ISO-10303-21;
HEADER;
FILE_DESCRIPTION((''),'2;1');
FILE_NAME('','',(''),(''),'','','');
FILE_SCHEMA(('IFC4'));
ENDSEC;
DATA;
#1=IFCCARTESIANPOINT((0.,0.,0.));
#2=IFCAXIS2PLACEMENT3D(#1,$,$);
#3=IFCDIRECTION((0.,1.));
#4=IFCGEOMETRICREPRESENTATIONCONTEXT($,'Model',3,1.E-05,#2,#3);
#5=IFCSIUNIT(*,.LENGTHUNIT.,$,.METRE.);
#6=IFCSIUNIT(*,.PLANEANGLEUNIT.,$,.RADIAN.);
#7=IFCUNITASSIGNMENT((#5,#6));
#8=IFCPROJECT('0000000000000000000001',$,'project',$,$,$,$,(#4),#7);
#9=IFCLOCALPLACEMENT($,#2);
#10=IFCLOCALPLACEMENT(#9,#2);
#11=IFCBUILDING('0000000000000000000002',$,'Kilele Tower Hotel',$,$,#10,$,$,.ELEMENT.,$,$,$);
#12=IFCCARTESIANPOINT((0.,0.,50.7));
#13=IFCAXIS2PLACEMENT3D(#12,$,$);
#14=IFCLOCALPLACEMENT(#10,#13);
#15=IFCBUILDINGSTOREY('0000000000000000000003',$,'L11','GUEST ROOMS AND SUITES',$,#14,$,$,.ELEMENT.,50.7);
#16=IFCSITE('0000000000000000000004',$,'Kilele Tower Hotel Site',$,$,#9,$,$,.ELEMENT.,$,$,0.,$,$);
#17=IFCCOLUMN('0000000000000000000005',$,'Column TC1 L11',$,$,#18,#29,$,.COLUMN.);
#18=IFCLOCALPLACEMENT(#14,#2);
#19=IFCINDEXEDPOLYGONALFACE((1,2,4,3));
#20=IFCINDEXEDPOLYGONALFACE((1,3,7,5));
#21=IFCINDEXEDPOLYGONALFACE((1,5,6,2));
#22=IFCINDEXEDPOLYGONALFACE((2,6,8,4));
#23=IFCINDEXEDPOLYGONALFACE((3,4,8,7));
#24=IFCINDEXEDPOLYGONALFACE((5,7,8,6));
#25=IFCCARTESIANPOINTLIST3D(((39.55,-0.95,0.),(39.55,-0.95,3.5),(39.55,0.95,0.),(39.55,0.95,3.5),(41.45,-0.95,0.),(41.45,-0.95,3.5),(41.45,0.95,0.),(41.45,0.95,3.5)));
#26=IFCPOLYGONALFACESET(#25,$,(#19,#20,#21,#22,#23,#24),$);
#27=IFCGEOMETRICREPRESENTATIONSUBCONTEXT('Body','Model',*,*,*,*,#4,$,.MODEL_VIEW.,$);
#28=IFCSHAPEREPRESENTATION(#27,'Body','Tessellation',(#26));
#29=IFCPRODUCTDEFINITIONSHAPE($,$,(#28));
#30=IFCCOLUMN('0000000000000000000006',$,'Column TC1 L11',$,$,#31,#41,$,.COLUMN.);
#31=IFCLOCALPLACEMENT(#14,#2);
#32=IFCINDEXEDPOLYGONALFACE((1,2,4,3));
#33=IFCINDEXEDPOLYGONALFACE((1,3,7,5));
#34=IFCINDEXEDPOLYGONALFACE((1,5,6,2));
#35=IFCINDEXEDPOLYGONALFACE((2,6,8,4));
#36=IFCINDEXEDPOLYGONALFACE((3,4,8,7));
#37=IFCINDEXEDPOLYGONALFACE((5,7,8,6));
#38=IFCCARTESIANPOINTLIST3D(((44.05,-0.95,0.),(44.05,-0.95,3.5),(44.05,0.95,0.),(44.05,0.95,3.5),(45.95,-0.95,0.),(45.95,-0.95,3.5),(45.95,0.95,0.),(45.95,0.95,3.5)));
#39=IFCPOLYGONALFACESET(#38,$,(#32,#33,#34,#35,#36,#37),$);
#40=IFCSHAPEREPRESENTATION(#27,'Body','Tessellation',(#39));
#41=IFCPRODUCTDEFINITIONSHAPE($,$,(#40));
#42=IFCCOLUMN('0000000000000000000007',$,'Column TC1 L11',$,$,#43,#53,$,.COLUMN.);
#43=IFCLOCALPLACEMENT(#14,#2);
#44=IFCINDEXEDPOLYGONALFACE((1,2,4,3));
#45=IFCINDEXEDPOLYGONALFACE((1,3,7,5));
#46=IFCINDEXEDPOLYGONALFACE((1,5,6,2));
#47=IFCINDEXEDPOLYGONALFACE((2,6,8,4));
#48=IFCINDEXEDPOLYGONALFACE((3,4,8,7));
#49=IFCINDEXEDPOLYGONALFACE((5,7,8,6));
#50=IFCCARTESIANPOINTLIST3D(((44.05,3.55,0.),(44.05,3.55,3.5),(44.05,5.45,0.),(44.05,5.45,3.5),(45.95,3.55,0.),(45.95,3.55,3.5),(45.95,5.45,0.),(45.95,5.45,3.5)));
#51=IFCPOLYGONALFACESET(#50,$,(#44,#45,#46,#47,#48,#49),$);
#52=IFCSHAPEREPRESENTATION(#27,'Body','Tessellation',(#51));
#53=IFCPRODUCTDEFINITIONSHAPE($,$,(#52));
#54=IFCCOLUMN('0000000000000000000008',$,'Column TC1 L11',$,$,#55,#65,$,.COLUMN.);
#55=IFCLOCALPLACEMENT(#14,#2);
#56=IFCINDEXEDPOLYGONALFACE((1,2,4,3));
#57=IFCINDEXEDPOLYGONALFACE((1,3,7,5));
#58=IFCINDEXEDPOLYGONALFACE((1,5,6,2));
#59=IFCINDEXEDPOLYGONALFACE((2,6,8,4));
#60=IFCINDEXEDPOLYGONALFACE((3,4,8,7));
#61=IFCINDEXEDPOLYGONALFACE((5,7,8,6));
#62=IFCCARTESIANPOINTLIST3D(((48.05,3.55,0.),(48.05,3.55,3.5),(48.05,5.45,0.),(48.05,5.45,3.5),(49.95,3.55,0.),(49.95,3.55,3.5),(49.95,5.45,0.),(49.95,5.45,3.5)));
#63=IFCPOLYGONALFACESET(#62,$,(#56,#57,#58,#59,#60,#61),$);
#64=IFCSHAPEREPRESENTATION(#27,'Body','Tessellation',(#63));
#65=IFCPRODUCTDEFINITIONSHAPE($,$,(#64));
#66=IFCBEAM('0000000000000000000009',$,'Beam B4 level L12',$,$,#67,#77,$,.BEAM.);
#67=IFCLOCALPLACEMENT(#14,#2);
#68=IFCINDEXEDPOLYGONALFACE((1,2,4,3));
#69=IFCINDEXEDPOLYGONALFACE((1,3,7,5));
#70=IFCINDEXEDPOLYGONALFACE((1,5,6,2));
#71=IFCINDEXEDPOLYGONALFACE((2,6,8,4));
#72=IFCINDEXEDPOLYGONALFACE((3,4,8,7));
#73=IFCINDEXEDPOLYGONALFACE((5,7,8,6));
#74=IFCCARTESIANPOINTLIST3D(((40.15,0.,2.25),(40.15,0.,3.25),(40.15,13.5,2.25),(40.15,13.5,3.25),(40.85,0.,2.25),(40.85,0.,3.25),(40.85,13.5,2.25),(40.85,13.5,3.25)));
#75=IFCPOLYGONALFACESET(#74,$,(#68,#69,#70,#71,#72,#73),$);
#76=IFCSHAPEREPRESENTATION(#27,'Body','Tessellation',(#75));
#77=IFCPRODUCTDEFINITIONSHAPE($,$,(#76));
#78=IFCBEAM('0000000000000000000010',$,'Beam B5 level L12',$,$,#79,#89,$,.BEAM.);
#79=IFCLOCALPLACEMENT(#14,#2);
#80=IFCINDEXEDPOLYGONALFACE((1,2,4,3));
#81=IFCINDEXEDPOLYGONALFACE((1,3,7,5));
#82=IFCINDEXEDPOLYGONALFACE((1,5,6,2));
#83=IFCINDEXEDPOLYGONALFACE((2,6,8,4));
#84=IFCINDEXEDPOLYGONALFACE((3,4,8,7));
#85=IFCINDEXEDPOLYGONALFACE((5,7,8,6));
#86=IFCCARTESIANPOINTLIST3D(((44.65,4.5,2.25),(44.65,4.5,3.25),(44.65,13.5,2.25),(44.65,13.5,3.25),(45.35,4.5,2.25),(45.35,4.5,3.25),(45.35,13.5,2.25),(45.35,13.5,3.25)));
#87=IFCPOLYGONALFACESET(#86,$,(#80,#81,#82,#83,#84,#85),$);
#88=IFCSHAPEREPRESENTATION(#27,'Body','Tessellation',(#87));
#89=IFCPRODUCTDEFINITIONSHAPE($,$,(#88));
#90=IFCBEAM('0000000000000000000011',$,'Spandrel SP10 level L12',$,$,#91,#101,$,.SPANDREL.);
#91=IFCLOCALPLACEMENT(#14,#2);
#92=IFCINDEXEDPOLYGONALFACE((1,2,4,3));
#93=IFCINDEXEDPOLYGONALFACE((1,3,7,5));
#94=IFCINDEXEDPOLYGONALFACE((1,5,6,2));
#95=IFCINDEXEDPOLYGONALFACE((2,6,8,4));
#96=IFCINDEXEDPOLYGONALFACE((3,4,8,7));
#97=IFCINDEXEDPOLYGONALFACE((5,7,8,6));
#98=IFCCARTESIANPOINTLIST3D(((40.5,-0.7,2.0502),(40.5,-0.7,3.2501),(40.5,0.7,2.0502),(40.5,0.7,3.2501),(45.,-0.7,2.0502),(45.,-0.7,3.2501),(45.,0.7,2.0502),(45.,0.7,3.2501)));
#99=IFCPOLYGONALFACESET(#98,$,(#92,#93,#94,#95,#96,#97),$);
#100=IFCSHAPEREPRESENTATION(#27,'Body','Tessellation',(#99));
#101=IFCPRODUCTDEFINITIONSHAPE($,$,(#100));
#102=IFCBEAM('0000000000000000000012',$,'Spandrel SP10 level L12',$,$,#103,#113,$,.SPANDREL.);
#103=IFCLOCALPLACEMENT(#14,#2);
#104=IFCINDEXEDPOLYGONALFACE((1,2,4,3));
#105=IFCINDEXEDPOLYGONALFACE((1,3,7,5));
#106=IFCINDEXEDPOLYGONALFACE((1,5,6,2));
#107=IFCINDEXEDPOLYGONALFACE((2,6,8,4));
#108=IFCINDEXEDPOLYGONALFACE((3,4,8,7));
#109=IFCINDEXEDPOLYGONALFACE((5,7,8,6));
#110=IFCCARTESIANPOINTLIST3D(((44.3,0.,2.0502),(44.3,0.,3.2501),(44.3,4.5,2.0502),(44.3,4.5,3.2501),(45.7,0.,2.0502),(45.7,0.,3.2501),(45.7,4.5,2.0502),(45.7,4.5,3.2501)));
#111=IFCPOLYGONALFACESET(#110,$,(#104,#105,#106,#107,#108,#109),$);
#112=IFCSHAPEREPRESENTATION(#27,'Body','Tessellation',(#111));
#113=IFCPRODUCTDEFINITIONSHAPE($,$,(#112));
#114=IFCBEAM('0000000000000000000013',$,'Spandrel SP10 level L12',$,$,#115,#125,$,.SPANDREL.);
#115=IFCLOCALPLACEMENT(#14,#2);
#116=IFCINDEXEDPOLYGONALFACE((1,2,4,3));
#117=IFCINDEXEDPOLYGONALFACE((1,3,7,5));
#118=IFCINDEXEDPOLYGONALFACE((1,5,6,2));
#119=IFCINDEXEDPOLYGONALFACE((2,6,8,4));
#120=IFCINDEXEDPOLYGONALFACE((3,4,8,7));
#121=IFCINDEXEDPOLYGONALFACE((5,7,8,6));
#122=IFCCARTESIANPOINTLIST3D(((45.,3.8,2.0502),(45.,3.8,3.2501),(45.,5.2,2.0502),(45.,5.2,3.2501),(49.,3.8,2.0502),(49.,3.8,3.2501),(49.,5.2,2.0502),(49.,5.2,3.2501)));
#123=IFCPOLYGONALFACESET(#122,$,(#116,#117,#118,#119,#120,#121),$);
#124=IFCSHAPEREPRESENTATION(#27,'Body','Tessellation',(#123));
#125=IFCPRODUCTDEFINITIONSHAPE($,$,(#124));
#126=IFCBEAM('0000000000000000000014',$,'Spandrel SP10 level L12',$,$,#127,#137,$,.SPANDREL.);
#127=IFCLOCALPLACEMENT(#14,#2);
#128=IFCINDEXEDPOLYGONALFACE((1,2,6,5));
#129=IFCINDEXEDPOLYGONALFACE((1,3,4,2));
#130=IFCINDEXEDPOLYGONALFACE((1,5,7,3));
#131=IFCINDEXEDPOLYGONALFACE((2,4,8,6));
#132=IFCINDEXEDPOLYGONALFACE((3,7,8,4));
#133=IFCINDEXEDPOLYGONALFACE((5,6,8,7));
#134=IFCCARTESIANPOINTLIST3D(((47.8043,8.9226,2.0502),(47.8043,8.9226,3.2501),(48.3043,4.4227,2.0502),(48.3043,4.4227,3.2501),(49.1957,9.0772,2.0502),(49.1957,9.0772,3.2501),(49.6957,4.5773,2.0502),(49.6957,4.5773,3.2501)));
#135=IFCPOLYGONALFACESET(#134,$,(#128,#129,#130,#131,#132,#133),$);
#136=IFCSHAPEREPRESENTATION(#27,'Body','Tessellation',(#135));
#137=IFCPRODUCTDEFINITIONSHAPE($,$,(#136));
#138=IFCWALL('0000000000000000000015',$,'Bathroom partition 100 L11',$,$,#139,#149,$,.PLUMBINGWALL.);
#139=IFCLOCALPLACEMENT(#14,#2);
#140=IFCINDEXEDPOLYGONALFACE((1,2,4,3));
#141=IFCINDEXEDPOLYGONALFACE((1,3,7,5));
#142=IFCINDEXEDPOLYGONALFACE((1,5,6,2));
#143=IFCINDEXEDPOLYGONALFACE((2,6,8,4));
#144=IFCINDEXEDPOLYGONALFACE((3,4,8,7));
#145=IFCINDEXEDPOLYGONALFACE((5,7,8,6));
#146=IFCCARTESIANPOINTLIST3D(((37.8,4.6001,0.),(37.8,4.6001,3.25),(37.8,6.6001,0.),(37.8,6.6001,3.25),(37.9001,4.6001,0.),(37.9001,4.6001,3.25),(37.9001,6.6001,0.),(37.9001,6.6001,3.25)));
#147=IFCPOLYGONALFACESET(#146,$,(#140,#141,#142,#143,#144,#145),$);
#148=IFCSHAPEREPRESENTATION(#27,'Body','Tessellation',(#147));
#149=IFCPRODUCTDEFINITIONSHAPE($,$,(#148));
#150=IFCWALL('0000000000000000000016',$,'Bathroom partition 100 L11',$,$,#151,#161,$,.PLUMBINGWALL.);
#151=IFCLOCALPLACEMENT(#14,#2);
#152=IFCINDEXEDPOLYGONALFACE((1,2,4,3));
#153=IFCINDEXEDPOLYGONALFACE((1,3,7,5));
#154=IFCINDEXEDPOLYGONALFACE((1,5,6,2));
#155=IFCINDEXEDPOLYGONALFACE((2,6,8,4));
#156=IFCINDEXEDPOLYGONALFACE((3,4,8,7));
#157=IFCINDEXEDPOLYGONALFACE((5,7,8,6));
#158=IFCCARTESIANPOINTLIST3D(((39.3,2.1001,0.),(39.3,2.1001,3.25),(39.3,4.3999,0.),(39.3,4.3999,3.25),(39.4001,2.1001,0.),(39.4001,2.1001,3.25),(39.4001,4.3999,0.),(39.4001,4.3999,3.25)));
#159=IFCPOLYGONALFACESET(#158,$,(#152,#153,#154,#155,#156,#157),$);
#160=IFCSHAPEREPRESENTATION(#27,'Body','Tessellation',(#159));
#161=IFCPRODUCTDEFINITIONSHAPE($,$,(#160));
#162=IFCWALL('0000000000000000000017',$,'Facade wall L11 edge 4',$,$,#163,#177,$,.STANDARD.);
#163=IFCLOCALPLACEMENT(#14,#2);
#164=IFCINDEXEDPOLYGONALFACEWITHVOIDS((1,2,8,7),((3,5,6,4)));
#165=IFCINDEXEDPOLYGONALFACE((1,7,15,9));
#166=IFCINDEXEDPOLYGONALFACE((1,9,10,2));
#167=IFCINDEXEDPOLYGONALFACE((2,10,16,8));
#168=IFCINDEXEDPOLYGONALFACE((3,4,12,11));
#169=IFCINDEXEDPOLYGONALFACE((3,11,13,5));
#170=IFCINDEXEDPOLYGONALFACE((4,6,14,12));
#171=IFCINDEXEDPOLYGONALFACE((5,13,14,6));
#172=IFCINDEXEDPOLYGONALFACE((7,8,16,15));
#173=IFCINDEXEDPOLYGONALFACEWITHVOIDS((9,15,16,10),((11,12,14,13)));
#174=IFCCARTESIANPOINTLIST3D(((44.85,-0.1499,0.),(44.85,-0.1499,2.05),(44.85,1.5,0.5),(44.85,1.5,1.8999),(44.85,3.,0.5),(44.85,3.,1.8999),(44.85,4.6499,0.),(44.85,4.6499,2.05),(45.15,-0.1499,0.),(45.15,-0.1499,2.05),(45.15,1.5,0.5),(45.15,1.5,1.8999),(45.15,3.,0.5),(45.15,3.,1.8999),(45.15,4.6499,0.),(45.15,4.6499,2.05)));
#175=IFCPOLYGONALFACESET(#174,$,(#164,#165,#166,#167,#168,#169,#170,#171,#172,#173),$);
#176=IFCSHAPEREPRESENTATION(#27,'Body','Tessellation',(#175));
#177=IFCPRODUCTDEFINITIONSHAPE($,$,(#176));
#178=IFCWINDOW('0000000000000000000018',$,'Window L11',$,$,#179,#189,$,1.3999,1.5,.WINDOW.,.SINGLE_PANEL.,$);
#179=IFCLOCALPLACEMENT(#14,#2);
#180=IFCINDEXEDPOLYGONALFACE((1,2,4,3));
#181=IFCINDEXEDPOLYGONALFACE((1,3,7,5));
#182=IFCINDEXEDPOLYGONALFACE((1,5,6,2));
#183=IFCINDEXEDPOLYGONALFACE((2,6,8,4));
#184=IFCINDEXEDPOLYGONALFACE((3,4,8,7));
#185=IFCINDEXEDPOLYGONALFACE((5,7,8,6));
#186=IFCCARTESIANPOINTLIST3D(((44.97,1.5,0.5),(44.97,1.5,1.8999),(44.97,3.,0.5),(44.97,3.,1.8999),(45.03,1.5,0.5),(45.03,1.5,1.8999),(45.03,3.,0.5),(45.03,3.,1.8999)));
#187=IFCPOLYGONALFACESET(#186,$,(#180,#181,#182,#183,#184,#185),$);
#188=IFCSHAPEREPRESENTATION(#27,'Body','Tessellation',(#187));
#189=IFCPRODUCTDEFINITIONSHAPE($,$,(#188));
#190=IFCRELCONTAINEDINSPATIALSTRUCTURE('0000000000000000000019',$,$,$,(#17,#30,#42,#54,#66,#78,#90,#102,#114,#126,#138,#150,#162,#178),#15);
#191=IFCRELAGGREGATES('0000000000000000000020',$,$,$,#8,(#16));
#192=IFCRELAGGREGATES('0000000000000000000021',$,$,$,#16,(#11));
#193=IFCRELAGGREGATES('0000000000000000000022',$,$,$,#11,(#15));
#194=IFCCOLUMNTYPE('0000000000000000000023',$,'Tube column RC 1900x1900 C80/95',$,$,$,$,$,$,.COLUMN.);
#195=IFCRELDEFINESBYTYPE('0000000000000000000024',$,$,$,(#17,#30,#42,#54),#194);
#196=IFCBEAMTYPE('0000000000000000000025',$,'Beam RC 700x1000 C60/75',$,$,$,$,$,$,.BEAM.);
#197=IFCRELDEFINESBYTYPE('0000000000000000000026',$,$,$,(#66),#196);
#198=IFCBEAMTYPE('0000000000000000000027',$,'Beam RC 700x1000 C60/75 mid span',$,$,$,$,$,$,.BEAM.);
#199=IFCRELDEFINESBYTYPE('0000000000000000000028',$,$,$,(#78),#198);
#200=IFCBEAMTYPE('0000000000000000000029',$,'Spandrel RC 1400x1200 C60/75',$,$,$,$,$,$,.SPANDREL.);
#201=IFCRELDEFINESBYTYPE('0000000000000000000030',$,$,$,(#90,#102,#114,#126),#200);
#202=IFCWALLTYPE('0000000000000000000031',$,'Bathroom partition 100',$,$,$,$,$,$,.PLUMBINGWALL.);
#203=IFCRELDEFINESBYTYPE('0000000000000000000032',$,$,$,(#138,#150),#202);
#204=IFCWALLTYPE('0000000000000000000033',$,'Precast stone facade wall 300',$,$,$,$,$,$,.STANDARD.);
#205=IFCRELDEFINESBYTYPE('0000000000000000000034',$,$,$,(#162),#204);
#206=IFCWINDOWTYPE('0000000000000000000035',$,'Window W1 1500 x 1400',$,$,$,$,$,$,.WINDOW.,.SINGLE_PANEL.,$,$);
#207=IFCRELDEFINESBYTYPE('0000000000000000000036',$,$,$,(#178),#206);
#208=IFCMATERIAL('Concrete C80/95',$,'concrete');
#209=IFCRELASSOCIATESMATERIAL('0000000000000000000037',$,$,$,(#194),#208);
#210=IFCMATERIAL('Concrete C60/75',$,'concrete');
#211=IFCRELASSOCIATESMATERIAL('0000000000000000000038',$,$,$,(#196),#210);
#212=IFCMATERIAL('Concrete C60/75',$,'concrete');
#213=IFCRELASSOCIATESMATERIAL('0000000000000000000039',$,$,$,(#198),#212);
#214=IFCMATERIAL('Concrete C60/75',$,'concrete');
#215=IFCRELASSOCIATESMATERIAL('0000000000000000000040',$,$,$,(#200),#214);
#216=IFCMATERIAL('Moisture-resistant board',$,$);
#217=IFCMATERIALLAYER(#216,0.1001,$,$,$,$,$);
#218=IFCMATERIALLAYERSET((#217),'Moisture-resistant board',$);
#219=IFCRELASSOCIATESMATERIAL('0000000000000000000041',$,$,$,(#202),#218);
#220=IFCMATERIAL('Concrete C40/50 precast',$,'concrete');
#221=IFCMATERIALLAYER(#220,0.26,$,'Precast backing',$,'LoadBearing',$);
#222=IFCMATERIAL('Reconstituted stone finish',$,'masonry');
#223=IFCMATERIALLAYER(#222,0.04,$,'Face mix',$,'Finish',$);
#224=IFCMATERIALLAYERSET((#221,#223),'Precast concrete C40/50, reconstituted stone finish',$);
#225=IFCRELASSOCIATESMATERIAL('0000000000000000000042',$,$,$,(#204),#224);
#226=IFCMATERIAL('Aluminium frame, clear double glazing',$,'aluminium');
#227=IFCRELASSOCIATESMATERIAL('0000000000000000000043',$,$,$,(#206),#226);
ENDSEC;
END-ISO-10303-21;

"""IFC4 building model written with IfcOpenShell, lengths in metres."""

from ifc_helpers import new_model, si_unit, direction, frame, frame_2d, origin, origin_2d, place, context, subcontext, project, spatial, rectangle, extrude, material, layer, layer_set, material_profile, profile_set, type_object, element, fill, save


model = new_model("IFC4")

# Units and contexts
model_context = context("Model", 3, precision=1e-05, world=origin(), true_north=direction((0.0, 1.0)))
body_context = subcontext(model_context, "Body", "Model", "MODEL_VIEW")
ifc_project = project(units=[si_unit("LENGTHUNIT", "METRE"), si_unit("PLANEANGLEUNIT", "RADIAN")], contexts=[model_context])

# Site, building, storey
site_placement = place(None, origin())
site = spatial("IfcSite", under=ifc_project, at=site_placement, Name="Kilele Tower Hotel Site", CompositionType="ELEMENT", RefElevation=0.0)
building_placement = place(site_placement, origin())
building = spatial("IfcBuilding", under=site, at=building_placement, Name="Kilele Tower Hotel", CompositionType="ELEMENT")
storey_placement = place(building_placement, frame((0.0, 0.0, 50.7)))
storey = spatial("IfcBuildingStorey", under=building, at=storey_placement, Name="L11", Description="GUEST ROOMS AND SUITES", CompositionType="ELEMENT", Elevation=50.7)

# Columns
ifc_material_1 = material(Name="Concrete C80/95", Category="concrete")
ifc_material_profile_1 = material_profile(ifc_material_1, rectangle(XDim=1.8999, YDim=1.8999, at=origin_2d()))
ifc_profile_set_1 = profile_set([ifc_material_profile_1], Name="Concrete C80/95")
column_type = type_object("IfcColumnType", Name="Tube column RC 1900x1900 C80/95", PredefinedType="COLUMN", material=ifc_profile_set_1)
for number, where, z_axis, x_axis, name in (
    (1, (40.5, 0.0, 0.0), (0.0, 0.0, 1.0), (1.0, 0.0, 0.0), "Column TC1 L11"),
    (2, (45.0, 0.0, 0.0), (0.0, 0.0, 1.0), (1.0, 0.0, 0.0), "Column TC1 L11"),
    (3, (45.0, 4.5, 0.0), (0.0, 0.0, 1.0), (1.0, 0.0, 0.0), "Column TC1 L11"),
    (4, (49.0, 4.5, 0.0), (0.0, 0.0, 1.0), (1.0, 0.0, 0.0), "Column TC1 L11"),
):
    element("IfcColumn", number, at=place(storey_placement, frame(where, z_axis=z_axis, x_axis=x_axis)), inside=storey, type_object=column_type, Name=name, PredefinedType="COLUMN", context=body_context, shape_type="SweptSolid", body=[
        extrude(rectangle(XDim=1.8999, YDim=1.8999, at=origin_2d()), origin(), (0.0, 0.0, 1.0), 3.5),
    ])

# Beams
ifc_material_2 = material(Name="Concrete C60/75", Category="concrete")
ifc_material_profile_2 = material_profile(ifc_material_2, rectangle(XDim=0.7, YDim=1.0, at=origin_2d()))
ifc_profile_set_2 = profile_set([ifc_material_profile_2], Name="Concrete C60/75")
beam_type_1 = type_object("IfcBeamType", Name="Beam RC 700x1000 C60/75", PredefinedType="BEAM", material=ifc_profile_set_2)
beam_1_placement = place(storey_placement, frame((40.5, 0.0, 2.75), z_axis=(0.0, 1.0, 0.0), x_axis=(-1.0, 0.0, 0.0)))
element("IfcBeam", 5, at=beam_1_placement, inside=storey, type_object=beam_type_1, Name="Beam B4 level L12", PredefinedType="BEAM", context=body_context, shape_type="SweptSolid", body=[
    extrude(rectangle(XDim=0.7, YDim=1.0, at=origin_2d()), origin(), (0.0, 0.0, 1.0), 13.5),
])
ifc_material_3 = material(Name="Concrete C60/75", Category="concrete")
ifc_material_profile_3 = material_profile(ifc_material_3, rectangle(XDim=0.7, YDim=1.0, at=origin_2d()))
ifc_profile_set_3 = profile_set([ifc_material_profile_3], Name="Concrete C60/75")
beam_type_2 = type_object("IfcBeamType", Name="Beam RC 700x1000 C60/75 mid span", PredefinedType="BEAM", material=ifc_profile_set_3)
beam_2_placement = place(storey_placement, frame((45.0, 4.5, 2.75), z_axis=(0.0, 1.0, 0.0), x_axis=(-1.0, 0.0, 0.0)))
element("IfcBeam", 6, at=beam_2_placement, inside=storey, type_object=beam_type_2, Name="Beam B5 level L12", PredefinedType="BEAM", context=body_context, shape_type="SweptSolid", body=[
    extrude(rectangle(XDim=0.7, YDim=1.0, at=origin_2d()), origin(), (0.0, 0.0, 1.0), 9.0),
])
ifc_material_4 = material(Name="Concrete C60/75", Category="concrete")
ifc_material_profile_4 = material_profile(ifc_material_4, rectangle(XDim=1.3999, YDim=1.2, at=origin_2d()))
ifc_profile_set_4 = profile_set([ifc_material_profile_4], Name="Concrete C60/75")
beam_type_3 = type_object("IfcBeamType", Name="Spandrel RC 1400x1200 C60/75", PredefinedType="SPANDREL", material=ifc_profile_set_4)
for number, where, z_axis, x_axis, name in (
    (7, (40.5, 0.0, 2.6501), (1.0, 0.0, 0.0), (0.0, 1.0, 0.0), "Spandrel SP10 level L12"),
    (8, (45.0, 0.0, 2.6501), (0.0, 1.0, 0.0), (-1.0, 0.0, 0.0), "Spandrel SP10 level L12"),
):
    element("IfcBeam", number, at=place(storey_placement, frame(where, z_axis=z_axis, x_axis=x_axis)), inside=storey, type_object=beam_type_3, Name=name, PredefinedType="SPANDREL", context=body_context, shape_type="SweptSolid", body=[
        extrude(rectangle(XDim=1.3999, YDim=1.2, at=origin_2d()), origin(), (0.0, 0.0, 1.0), 4.5),
    ])
beam_3_placement = place(storey_placement, frame((45.0, 4.5, 2.6501), z_axis=(1.0, 0.0, 0.0), x_axis=(0.0, 1.0, 0.0)))
element("IfcBeam", 9, at=beam_3_placement, inside=storey, type_object=beam_type_3, Name="Spandrel SP10 level L12", PredefinedType="SPANDREL", context=body_context, shape_type="SweptSolid", body=[
    extrude(rectangle(XDim=1.3999, YDim=1.2, at=origin_2d()), origin(), (0.0, 0.0, 1.0), 4.0),
])
beam_4_placement = place(storey_placement, frame((49.0, 4.5, 2.6501), z_axis=(-0.110432, 0.993884, 0.0), x_axis=(-0.993884, -0.110432, 0.0)))
element("IfcBeam", 10, at=beam_4_placement, inside=storey, type_object=beam_type_3, Name="Spandrel SP10 level L12", PredefinedType="SPANDREL", context=body_context, shape_type="SweptSolid", body=[
    extrude(rectangle(XDim=1.3999, YDim=1.2, at=origin_2d()), origin(), (0.0, 0.0, 1.0), 4.5276),
])

# Walls
ifc_material_5 = material(Name="Moisture-resistant board")
ifc_layer_1 = layer(ifc_material_5, 0.1001)
ifc_layer_set_1 = layer_set([ifc_layer_1], Name="Moisture-resistant board")
wall_type_1 = type_object("IfcWallType", Name="Bathroom partition 100", PredefinedType="PLUMBINGWALL", material=ifc_layer_set_1)
wall_1_placement = place(storey_placement, frame((37.8501, 4.6001, 0.0), z_axis=(0.0, 0.0, 1.0), x_axis=(0.0, 1.0, 0.0)))
element("IfcWall", 11, at=wall_1_placement, inside=storey, type_object=wall_type_1, Name="Bathroom partition 100 L11", PredefinedType="PLUMBINGWALL", context=body_context, shape_type="SweptSolid", body=[
    extrude(rectangle(XDim=2.0, YDim=0.1001, at=frame_2d((1.0, 0.0))), origin(), (0.0, 0.0, 1.0), 3.25),
])
wall_2_placement = place(storey_placement, frame((39.3501, 4.3999, 0.0), z_axis=(0.0, 0.0, 1.0), x_axis=(0.0, -1.0, 0.0)))
element("IfcWall", 12, at=wall_2_placement, inside=storey, type_object=wall_type_1, Name="Bathroom partition 100 L11", PredefinedType="PLUMBINGWALL", context=body_context, shape_type="SweptSolid", body=[
    extrude(rectangle(XDim=2.2998, YDim=0.1001, at=frame_2d((1.1499, 0.0))), origin(), (0.0, 0.0, 1.0), 3.25),
])

# Wall, opening, window
ifc_material_6 = material(Name="Concrete C40/50 precast", Category="concrete")
ifc_layer_2 = layer(ifc_material_6, 0.26, Name="Precast backing", Category="LoadBearing")
ifc_material_7 = material(Name="Reconstituted stone finish", Category="masonry")
ifc_layer_3 = layer(ifc_material_7, 0.04, Name="Face mix", Category="Finish")
ifc_layer_set_2 = layer_set([ifc_layer_2, ifc_layer_3], Name="Precast concrete C40/50, reconstituted stone finish")
wall_type_2 = type_object("IfcWallType", Name="Precast stone facade wall 300", PredefinedType="STANDARD", material=ifc_layer_set_2)
wall_3_placement = place(storey_placement, frame((45.0, -0.1499, 0.0), z_axis=(0.0, 0.0, 1.0), x_axis=(0.0, 1.0, 0.0)))
wall_3 = element("IfcWall", 13, at=wall_3_placement, inside=storey, type_object=wall_type_2, Name="Facade wall L11 edge 4", PredefinedType="STANDARD", context=body_context, shape_type="SweptSolid", body=[
    extrude(rectangle(XDim=4.7998, YDim=0.3, at=frame_2d((2.3999, 0.0))), origin(), (0.0, 0.0, 1.0), 2.05),
])
opening_1_placement = place(wall_3_placement, frame((1.6499, 0.0, 0.5)))
opening_1 = element("IfcOpeningElement", 14, at=opening_1_placement, cuts=wall_3, PredefinedType="OPENING", context=body_context, shape_type="SweptSolid", body=[
    extrude(rectangle(XDim=1.5, YDim=1.3999, at=frame_2d((0.75, 0.7))), frame((0.0, 0.1599, 0.0), z_axis=(0.0, -1.0, 0.0), x_axis=(1.0, 0.0, 0.0)), (0.0, 0.0, 1.0), 0.3201),
])
ifc_material_8 = material(Name="Aluminium frame, clear double glazing", Category="aluminium")
window_type = type_object("IfcWindowType", Name="Window W1 1500 x 1400", PartitioningType="SINGLE_PANEL", PredefinedType="WINDOW", material=ifc_material_8)
window_1_placement = place(opening_1_placement, origin())
window_1 = element("IfcWindow", 15, at=window_1_placement, inside=storey, type_object=window_type, Name="Window L11", OverallHeight=1.3999, OverallWidth=1.5, PartitioningType="SINGLE_PANEL", PredefinedType="WINDOW", context=body_context, shape_type="SweptSolid", body=[
    extrude(rectangle(XDim=1.5, YDim=1.3999, at=frame_2d((0.75, 0.7))), frame((0.0, 0.03, 0.0), z_axis=(0.0, -1.0, 0.0), x_axis=(1.0, 0.0, 0.0)), (0.0, 0.0, 1.0), 0.0601),
])
fill(opening_1, window_1)

save(model, "model.ifc")
